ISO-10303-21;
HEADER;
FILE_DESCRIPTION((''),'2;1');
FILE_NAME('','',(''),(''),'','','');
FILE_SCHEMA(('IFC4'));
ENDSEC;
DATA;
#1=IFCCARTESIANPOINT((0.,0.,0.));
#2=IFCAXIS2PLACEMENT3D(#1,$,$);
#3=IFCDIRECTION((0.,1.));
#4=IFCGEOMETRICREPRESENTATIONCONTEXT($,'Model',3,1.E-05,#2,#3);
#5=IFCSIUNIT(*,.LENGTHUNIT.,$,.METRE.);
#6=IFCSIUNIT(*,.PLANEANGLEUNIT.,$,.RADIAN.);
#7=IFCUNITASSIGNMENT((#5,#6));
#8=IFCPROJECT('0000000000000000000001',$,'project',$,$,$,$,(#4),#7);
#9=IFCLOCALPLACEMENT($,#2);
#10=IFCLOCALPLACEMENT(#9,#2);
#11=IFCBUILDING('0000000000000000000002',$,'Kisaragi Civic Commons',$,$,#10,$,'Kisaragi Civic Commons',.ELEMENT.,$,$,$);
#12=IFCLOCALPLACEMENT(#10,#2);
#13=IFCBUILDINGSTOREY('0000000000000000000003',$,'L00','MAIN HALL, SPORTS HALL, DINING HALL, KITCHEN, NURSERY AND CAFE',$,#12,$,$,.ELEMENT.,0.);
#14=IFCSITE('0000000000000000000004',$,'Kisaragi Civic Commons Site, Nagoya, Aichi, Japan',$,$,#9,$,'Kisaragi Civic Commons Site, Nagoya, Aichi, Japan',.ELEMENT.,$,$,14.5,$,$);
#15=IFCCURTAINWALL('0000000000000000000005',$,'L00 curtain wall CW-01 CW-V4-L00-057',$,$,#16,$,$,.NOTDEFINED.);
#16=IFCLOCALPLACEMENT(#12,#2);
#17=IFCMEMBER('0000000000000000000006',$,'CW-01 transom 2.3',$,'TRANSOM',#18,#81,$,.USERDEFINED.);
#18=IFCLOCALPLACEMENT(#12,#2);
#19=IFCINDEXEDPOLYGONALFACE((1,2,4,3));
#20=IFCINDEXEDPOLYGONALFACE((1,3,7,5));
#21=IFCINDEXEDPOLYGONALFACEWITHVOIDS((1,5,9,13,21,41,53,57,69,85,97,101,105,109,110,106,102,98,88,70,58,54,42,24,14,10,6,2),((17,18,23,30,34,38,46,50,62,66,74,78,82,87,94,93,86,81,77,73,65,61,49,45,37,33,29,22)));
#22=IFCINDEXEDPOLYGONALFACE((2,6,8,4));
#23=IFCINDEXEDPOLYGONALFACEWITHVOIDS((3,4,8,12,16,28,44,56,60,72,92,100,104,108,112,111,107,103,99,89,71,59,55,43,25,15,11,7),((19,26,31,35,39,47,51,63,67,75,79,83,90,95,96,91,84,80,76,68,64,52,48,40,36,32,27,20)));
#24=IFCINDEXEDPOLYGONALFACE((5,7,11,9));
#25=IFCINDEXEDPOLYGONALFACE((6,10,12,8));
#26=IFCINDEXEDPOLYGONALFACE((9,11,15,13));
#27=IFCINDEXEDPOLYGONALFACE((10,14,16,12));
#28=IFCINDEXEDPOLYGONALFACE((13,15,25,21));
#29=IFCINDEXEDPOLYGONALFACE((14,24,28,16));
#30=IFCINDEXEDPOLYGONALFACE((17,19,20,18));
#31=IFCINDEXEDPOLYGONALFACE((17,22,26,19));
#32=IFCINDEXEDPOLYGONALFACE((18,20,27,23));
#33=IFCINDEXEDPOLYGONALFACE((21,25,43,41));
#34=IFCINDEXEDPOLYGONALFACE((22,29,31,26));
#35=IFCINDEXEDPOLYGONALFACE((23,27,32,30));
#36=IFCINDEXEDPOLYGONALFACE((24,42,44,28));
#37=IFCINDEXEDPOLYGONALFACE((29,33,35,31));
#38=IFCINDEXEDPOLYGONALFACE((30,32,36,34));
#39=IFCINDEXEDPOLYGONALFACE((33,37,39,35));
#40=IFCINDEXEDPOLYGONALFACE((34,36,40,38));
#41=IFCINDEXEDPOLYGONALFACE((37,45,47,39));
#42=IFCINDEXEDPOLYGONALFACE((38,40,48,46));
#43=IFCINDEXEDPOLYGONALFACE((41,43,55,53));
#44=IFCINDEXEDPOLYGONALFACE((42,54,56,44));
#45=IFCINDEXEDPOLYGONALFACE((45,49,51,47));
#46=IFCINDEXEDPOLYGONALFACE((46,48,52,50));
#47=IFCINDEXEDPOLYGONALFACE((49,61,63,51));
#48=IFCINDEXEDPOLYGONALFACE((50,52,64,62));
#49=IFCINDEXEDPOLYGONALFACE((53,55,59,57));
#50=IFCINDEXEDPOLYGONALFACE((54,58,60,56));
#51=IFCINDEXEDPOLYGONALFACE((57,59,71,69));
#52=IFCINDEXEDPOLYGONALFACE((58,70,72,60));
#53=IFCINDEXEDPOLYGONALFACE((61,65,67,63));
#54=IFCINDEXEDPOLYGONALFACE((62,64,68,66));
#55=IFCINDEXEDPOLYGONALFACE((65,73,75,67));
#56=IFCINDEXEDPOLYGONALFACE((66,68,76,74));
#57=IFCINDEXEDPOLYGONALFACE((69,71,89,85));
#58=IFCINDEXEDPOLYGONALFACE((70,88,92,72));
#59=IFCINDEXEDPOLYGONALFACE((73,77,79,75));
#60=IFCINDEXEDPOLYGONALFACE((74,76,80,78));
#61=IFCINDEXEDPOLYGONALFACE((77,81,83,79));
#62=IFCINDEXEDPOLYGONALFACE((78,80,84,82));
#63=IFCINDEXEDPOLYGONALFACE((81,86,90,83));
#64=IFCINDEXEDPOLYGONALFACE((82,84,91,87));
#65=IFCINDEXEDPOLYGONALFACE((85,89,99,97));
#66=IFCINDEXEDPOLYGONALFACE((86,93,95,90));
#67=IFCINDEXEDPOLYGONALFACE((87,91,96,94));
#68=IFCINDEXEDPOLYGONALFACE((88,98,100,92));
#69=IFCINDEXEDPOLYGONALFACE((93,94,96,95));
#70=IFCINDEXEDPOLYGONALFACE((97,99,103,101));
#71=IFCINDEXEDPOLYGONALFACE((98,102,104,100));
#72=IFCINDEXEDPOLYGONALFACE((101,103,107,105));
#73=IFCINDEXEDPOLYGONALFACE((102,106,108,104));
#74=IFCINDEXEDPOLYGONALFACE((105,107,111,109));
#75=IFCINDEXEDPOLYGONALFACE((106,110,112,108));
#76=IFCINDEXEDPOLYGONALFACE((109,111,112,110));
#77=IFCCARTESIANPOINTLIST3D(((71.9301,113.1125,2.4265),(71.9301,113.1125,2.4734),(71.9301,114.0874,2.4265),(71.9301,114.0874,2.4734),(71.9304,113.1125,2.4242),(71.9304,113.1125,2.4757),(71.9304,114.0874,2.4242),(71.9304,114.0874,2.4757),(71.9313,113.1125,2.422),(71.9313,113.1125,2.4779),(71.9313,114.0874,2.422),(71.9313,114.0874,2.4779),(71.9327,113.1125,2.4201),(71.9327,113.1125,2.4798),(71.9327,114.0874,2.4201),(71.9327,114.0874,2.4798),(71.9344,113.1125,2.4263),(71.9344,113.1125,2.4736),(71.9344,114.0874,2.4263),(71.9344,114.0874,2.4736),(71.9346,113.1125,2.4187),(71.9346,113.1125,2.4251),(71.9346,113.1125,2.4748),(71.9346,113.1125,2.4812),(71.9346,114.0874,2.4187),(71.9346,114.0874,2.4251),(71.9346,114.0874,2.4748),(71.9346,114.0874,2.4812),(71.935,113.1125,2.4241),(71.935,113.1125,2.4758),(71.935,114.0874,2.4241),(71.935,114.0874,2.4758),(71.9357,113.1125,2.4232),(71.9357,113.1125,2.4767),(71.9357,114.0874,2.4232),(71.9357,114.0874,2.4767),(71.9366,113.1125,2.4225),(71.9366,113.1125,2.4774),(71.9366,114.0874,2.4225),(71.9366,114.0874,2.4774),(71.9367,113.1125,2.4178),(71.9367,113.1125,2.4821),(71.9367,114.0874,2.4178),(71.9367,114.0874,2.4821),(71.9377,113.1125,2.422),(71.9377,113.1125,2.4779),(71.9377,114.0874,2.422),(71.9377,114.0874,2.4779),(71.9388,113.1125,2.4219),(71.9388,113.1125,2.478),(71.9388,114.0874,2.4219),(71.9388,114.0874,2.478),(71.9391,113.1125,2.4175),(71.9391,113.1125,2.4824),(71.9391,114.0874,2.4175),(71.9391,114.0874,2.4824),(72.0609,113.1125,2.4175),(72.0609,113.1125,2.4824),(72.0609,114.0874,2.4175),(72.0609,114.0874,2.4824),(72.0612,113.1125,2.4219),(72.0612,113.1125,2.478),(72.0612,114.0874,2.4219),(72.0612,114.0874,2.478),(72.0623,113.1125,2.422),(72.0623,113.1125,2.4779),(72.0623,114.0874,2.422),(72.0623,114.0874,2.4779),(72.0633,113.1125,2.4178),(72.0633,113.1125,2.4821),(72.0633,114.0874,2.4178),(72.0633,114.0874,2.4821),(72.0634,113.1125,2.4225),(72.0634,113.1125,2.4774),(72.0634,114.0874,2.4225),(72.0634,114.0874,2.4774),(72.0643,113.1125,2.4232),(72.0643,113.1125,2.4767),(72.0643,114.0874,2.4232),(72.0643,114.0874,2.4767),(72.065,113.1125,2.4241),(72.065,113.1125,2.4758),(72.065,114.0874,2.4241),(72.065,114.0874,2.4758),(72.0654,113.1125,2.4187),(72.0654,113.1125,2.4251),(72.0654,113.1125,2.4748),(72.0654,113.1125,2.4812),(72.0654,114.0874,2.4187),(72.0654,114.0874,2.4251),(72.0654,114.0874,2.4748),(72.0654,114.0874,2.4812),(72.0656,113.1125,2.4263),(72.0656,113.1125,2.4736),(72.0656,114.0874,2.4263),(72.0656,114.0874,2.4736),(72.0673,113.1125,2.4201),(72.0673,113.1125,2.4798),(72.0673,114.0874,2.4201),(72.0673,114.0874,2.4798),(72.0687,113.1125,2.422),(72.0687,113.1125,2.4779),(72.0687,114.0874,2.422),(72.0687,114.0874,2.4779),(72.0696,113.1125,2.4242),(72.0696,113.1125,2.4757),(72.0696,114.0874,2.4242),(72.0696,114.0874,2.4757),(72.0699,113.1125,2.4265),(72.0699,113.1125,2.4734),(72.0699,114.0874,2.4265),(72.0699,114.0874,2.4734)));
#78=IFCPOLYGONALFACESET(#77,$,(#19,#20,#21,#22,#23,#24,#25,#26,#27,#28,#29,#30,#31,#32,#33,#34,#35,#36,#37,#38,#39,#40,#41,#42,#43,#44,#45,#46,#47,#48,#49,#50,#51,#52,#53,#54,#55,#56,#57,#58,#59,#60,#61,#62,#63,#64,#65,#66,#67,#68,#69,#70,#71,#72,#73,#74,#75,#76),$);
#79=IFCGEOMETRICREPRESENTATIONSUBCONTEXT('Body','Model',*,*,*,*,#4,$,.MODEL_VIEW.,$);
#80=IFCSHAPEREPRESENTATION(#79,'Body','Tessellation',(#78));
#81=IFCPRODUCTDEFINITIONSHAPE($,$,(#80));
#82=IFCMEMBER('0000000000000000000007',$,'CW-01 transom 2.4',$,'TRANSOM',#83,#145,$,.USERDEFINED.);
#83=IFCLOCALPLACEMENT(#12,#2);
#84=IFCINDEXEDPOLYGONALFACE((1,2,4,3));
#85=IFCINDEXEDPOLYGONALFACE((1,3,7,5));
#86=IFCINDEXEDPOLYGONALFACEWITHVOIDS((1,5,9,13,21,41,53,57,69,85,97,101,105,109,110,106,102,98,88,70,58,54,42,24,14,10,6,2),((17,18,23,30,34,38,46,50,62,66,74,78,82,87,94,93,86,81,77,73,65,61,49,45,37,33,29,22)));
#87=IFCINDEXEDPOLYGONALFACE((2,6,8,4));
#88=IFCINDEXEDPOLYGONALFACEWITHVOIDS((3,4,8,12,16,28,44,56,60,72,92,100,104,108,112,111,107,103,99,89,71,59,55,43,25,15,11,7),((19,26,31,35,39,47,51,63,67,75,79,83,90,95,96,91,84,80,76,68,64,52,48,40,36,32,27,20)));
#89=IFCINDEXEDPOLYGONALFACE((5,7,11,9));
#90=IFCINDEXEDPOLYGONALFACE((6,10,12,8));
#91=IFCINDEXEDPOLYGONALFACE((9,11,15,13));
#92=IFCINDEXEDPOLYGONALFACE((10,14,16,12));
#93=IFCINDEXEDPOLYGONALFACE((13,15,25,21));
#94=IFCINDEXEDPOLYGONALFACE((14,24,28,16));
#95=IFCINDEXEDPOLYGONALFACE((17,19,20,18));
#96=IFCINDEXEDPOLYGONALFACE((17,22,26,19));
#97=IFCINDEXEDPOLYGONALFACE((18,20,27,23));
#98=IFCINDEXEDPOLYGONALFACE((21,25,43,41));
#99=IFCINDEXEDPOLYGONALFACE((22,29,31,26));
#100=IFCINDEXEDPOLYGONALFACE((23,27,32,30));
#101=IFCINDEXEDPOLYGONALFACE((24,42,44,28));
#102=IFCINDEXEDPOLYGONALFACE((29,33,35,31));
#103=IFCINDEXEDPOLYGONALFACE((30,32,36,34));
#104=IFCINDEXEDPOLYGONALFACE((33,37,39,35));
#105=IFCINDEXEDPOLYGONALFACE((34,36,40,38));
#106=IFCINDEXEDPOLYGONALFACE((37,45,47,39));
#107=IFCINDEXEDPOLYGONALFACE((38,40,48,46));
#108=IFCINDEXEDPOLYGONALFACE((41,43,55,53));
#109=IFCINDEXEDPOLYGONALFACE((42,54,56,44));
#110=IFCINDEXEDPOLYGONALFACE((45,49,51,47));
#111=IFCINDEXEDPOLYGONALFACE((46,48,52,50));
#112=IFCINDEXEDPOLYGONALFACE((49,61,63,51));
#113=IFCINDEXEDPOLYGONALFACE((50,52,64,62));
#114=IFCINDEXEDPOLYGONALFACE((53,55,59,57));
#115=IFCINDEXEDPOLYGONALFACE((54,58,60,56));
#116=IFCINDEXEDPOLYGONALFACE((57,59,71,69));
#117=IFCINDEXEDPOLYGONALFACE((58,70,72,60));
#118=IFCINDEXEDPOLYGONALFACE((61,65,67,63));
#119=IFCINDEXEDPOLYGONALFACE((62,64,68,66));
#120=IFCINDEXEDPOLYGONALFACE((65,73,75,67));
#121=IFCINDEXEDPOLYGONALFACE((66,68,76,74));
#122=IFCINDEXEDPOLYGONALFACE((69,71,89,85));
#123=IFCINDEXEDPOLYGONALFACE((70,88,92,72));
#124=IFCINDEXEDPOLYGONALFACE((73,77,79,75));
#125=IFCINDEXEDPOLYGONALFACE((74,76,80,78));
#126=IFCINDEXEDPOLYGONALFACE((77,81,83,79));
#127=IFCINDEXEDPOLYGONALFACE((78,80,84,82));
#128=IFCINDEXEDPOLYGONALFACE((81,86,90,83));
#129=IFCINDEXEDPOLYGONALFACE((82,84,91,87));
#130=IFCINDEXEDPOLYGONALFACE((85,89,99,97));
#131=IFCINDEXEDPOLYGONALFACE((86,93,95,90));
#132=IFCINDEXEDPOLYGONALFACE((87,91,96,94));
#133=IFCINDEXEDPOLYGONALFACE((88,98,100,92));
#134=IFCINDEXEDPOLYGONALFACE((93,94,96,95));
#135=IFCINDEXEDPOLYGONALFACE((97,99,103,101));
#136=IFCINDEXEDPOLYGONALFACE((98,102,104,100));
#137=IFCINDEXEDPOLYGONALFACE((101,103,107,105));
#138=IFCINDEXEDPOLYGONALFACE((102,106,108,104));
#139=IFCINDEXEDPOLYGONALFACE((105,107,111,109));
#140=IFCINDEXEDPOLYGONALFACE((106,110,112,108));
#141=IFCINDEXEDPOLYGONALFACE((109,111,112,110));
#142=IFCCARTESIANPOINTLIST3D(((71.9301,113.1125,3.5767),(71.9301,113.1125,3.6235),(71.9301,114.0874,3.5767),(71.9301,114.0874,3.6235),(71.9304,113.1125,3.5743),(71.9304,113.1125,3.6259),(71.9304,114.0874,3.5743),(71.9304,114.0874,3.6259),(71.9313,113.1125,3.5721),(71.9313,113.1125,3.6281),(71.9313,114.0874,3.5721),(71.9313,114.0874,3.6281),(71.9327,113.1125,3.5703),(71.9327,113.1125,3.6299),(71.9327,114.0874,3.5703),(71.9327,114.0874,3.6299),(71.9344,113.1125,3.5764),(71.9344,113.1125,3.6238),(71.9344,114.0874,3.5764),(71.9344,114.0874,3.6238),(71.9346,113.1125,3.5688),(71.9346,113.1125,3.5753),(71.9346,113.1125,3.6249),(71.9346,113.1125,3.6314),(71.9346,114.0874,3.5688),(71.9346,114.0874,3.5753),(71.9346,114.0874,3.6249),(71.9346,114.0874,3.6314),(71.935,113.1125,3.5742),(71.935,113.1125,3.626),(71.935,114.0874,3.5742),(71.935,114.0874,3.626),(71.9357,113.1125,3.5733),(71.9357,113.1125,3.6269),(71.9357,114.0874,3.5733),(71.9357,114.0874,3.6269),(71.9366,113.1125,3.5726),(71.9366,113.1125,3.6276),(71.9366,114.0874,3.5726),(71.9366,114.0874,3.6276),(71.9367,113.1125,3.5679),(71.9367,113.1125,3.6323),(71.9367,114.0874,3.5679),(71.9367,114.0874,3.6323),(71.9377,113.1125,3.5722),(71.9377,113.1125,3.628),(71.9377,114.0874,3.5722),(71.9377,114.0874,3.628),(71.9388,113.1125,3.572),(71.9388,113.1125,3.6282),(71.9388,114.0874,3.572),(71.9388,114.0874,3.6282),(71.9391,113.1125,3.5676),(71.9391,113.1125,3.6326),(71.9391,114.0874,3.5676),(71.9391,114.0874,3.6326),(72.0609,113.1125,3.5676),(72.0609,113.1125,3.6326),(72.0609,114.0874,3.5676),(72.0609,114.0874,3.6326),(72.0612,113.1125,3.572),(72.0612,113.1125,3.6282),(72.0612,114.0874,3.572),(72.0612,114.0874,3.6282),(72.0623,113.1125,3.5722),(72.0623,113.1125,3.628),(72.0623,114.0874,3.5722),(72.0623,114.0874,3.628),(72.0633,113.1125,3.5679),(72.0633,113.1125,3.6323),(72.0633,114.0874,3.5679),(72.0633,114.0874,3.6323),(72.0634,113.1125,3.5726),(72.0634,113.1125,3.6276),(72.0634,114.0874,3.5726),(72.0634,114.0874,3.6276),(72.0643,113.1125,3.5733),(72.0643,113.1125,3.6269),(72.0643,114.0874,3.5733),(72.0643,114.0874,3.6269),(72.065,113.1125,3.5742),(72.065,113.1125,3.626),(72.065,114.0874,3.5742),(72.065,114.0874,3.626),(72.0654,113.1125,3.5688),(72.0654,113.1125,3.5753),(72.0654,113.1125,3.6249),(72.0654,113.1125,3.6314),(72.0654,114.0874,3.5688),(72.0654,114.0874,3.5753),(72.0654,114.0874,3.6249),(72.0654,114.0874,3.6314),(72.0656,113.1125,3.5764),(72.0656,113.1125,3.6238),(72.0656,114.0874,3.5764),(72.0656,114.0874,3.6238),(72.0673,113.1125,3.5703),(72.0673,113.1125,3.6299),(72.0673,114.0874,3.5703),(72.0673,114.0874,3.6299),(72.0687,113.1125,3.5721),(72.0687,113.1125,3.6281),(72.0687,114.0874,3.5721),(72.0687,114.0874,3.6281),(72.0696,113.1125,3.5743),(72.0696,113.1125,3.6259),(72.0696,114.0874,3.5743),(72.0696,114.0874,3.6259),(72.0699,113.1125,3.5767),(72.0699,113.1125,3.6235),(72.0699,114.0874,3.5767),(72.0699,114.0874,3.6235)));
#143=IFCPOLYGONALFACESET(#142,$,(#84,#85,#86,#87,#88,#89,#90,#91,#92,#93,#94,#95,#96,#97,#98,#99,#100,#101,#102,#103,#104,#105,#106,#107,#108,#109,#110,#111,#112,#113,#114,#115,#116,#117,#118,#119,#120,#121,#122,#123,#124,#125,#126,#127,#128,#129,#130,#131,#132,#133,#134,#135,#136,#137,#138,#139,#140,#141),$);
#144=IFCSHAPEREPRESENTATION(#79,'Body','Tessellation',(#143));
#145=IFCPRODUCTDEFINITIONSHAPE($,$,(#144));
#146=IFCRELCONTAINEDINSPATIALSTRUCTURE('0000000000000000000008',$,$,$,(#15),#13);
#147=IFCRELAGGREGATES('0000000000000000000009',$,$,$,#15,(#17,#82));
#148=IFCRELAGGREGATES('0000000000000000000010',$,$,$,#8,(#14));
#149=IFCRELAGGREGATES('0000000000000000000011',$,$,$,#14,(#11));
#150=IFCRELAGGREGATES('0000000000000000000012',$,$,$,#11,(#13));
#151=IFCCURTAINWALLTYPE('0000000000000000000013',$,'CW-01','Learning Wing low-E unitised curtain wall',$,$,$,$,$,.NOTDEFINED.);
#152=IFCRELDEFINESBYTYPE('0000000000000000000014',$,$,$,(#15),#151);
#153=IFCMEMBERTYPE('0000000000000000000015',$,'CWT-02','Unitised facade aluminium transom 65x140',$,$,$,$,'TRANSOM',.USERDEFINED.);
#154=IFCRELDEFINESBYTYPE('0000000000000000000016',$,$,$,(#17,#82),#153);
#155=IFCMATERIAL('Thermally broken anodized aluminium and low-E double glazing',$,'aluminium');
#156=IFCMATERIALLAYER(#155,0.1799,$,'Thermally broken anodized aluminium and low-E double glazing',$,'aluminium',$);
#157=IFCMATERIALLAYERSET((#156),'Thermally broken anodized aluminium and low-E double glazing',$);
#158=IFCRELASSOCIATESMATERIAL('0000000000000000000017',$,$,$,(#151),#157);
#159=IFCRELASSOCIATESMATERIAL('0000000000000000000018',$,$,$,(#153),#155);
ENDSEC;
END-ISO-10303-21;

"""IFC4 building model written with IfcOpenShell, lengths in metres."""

from ifc_helpers import new_model, si_unit, direction, frame, origin, origin_2d, place, context, subcontext, project, spatial, hollow_rectangle, extrude, material, layer, layer_set, material_profile, profile_set, type_object, element, aggregate, save


model = new_model("IFC4")

# Units and contexts
model_context = context("Model", 3, precision=1e-05, world=origin(), true_north=direction((0.0, 1.0)))
body_context = subcontext(model_context, "Body", "Model", "MODEL_VIEW")
ifc_project = project(units=[si_unit("LENGTHUNIT", "METRE"), si_unit("PLANEANGLEUNIT", "RADIAN")], contexts=[model_context])

# Site, building, storey
site_placement = place(None, origin())
site = spatial("IfcSite", under=ifc_project, at=site_placement, Name="Kisaragi Civic Commons Site, Nagoya, Aichi, Japan", LongName="Kisaragi Civic Commons Site, Nagoya, Aichi, Japan", CompositionType="ELEMENT", RefElevation=14.5)
building_placement = place(site_placement, origin())
building = spatial("IfcBuilding", under=site, at=building_placement, Name="Kisaragi Civic Commons", LongName="Kisaragi Civic Commons", CompositionType="ELEMENT")
storey_placement = place(building_placement, origin())
storey = spatial("IfcBuildingStorey", under=building, at=storey_placement, Name="L00", Description="MAIN HALL, SPORTS HALL, DINING HALL, KITCHEN, NURSERY AND CAFE", CompositionType="ELEMENT", Elevation=0.0)

# Curtain wall, members
ifc_material_1 = material(Name="Thermally broken anodized aluminium and low-E double glazing", Category="aluminium")
ifc_layer_1 = layer(ifc_material_1, 0.1799, Name="Thermally broken anodized aluminium and low-E double glazing", Category="aluminium")
ifc_layer_set_1 = layer_set([ifc_layer_1], Name="Thermally broken anodized aluminium and low-E double glazing")
curtain_wall_type = type_object("IfcCurtainWallType", Name="CW-01", Description="Learning Wing low-E unitised curtain wall", PredefinedType="NOTDEFINED", material=ifc_layer_set_1)
curtain_wall_placement = place(storey_placement, origin())
curtain_wall = element("IfcCurtainWall", 1, at=curtain_wall_placement, inside=storey, type_object=curtain_wall_type, Name="L00 curtain wall CW-01 CW-V4-L00-057", PredefinedType="NOTDEFINED")
ifc_material_profile_1 = material_profile(ifc_material_1, hollow_rectangle(XDim=0.1399, YDim=0.0649, WallThickness=0.0044, InnerFilletRadius=0.0044, OuterFilletRadius=0.009, at=origin_2d()), Name="CWT-65x140x4.5", Category="aluminium")
ifc_profile_set_1 = profile_set([ifc_material_profile_1], Name="Thermally broken anodized aluminium and low-E double glazing")
member_type_1 = type_object("IfcMemberType", Name="CWT-02", Description="Unitised facade aluminium transom 65x140", ElementType="TRANSOM", PredefinedType="USERDEFINED", material=ifc_profile_set_1)
member_1_placement = place(storey_placement, frame((72.0, 113.1125, 2.45), z_axis=(0.0, 1.0, 0.0), x_axis=(-1.0, 0.0, 0.0)))
member_1 = element("IfcMember", 2, at=member_1_placement, type_object=member_type_1, Name="CW-01 transom 2.3", ObjectType="TRANSOM", PredefinedType="USERDEFINED", context=body_context, shape_type="SweptSolid", body=[
    extrude(hollow_rectangle(XDim=0.1399, YDim=0.0649, WallThickness=0.0044, InnerFilletRadius=0.0044, OuterFilletRadius=0.009, at=origin_2d()), origin(), (0.0, 0.0, 1.0), 0.9749),
])
member_2_placement = place(storey_placement, frame((72.0, 113.1125, 3.6001), z_axis=(0.0, 1.0, 0.0), x_axis=(-1.0, 0.0, 0.0)))
member_2 = element("IfcMember", 3, at=member_2_placement, type_object=member_type_1, Name="CW-01 transom 2.4", ObjectType="TRANSOM", PredefinedType="USERDEFINED", context=body_context, shape_type="SweptSolid", body=[
    extrude(hollow_rectangle(XDim=0.1399, YDim=0.0649, WallThickness=0.0044, InnerFilletRadius=0.0044, OuterFilletRadius=0.009, at=origin_2d()), origin(), (0.0, 0.0, 1.0), 0.9749),
])

aggregate(curtain_wall, [member_1, member_2])

save(model, "model.ifc")
